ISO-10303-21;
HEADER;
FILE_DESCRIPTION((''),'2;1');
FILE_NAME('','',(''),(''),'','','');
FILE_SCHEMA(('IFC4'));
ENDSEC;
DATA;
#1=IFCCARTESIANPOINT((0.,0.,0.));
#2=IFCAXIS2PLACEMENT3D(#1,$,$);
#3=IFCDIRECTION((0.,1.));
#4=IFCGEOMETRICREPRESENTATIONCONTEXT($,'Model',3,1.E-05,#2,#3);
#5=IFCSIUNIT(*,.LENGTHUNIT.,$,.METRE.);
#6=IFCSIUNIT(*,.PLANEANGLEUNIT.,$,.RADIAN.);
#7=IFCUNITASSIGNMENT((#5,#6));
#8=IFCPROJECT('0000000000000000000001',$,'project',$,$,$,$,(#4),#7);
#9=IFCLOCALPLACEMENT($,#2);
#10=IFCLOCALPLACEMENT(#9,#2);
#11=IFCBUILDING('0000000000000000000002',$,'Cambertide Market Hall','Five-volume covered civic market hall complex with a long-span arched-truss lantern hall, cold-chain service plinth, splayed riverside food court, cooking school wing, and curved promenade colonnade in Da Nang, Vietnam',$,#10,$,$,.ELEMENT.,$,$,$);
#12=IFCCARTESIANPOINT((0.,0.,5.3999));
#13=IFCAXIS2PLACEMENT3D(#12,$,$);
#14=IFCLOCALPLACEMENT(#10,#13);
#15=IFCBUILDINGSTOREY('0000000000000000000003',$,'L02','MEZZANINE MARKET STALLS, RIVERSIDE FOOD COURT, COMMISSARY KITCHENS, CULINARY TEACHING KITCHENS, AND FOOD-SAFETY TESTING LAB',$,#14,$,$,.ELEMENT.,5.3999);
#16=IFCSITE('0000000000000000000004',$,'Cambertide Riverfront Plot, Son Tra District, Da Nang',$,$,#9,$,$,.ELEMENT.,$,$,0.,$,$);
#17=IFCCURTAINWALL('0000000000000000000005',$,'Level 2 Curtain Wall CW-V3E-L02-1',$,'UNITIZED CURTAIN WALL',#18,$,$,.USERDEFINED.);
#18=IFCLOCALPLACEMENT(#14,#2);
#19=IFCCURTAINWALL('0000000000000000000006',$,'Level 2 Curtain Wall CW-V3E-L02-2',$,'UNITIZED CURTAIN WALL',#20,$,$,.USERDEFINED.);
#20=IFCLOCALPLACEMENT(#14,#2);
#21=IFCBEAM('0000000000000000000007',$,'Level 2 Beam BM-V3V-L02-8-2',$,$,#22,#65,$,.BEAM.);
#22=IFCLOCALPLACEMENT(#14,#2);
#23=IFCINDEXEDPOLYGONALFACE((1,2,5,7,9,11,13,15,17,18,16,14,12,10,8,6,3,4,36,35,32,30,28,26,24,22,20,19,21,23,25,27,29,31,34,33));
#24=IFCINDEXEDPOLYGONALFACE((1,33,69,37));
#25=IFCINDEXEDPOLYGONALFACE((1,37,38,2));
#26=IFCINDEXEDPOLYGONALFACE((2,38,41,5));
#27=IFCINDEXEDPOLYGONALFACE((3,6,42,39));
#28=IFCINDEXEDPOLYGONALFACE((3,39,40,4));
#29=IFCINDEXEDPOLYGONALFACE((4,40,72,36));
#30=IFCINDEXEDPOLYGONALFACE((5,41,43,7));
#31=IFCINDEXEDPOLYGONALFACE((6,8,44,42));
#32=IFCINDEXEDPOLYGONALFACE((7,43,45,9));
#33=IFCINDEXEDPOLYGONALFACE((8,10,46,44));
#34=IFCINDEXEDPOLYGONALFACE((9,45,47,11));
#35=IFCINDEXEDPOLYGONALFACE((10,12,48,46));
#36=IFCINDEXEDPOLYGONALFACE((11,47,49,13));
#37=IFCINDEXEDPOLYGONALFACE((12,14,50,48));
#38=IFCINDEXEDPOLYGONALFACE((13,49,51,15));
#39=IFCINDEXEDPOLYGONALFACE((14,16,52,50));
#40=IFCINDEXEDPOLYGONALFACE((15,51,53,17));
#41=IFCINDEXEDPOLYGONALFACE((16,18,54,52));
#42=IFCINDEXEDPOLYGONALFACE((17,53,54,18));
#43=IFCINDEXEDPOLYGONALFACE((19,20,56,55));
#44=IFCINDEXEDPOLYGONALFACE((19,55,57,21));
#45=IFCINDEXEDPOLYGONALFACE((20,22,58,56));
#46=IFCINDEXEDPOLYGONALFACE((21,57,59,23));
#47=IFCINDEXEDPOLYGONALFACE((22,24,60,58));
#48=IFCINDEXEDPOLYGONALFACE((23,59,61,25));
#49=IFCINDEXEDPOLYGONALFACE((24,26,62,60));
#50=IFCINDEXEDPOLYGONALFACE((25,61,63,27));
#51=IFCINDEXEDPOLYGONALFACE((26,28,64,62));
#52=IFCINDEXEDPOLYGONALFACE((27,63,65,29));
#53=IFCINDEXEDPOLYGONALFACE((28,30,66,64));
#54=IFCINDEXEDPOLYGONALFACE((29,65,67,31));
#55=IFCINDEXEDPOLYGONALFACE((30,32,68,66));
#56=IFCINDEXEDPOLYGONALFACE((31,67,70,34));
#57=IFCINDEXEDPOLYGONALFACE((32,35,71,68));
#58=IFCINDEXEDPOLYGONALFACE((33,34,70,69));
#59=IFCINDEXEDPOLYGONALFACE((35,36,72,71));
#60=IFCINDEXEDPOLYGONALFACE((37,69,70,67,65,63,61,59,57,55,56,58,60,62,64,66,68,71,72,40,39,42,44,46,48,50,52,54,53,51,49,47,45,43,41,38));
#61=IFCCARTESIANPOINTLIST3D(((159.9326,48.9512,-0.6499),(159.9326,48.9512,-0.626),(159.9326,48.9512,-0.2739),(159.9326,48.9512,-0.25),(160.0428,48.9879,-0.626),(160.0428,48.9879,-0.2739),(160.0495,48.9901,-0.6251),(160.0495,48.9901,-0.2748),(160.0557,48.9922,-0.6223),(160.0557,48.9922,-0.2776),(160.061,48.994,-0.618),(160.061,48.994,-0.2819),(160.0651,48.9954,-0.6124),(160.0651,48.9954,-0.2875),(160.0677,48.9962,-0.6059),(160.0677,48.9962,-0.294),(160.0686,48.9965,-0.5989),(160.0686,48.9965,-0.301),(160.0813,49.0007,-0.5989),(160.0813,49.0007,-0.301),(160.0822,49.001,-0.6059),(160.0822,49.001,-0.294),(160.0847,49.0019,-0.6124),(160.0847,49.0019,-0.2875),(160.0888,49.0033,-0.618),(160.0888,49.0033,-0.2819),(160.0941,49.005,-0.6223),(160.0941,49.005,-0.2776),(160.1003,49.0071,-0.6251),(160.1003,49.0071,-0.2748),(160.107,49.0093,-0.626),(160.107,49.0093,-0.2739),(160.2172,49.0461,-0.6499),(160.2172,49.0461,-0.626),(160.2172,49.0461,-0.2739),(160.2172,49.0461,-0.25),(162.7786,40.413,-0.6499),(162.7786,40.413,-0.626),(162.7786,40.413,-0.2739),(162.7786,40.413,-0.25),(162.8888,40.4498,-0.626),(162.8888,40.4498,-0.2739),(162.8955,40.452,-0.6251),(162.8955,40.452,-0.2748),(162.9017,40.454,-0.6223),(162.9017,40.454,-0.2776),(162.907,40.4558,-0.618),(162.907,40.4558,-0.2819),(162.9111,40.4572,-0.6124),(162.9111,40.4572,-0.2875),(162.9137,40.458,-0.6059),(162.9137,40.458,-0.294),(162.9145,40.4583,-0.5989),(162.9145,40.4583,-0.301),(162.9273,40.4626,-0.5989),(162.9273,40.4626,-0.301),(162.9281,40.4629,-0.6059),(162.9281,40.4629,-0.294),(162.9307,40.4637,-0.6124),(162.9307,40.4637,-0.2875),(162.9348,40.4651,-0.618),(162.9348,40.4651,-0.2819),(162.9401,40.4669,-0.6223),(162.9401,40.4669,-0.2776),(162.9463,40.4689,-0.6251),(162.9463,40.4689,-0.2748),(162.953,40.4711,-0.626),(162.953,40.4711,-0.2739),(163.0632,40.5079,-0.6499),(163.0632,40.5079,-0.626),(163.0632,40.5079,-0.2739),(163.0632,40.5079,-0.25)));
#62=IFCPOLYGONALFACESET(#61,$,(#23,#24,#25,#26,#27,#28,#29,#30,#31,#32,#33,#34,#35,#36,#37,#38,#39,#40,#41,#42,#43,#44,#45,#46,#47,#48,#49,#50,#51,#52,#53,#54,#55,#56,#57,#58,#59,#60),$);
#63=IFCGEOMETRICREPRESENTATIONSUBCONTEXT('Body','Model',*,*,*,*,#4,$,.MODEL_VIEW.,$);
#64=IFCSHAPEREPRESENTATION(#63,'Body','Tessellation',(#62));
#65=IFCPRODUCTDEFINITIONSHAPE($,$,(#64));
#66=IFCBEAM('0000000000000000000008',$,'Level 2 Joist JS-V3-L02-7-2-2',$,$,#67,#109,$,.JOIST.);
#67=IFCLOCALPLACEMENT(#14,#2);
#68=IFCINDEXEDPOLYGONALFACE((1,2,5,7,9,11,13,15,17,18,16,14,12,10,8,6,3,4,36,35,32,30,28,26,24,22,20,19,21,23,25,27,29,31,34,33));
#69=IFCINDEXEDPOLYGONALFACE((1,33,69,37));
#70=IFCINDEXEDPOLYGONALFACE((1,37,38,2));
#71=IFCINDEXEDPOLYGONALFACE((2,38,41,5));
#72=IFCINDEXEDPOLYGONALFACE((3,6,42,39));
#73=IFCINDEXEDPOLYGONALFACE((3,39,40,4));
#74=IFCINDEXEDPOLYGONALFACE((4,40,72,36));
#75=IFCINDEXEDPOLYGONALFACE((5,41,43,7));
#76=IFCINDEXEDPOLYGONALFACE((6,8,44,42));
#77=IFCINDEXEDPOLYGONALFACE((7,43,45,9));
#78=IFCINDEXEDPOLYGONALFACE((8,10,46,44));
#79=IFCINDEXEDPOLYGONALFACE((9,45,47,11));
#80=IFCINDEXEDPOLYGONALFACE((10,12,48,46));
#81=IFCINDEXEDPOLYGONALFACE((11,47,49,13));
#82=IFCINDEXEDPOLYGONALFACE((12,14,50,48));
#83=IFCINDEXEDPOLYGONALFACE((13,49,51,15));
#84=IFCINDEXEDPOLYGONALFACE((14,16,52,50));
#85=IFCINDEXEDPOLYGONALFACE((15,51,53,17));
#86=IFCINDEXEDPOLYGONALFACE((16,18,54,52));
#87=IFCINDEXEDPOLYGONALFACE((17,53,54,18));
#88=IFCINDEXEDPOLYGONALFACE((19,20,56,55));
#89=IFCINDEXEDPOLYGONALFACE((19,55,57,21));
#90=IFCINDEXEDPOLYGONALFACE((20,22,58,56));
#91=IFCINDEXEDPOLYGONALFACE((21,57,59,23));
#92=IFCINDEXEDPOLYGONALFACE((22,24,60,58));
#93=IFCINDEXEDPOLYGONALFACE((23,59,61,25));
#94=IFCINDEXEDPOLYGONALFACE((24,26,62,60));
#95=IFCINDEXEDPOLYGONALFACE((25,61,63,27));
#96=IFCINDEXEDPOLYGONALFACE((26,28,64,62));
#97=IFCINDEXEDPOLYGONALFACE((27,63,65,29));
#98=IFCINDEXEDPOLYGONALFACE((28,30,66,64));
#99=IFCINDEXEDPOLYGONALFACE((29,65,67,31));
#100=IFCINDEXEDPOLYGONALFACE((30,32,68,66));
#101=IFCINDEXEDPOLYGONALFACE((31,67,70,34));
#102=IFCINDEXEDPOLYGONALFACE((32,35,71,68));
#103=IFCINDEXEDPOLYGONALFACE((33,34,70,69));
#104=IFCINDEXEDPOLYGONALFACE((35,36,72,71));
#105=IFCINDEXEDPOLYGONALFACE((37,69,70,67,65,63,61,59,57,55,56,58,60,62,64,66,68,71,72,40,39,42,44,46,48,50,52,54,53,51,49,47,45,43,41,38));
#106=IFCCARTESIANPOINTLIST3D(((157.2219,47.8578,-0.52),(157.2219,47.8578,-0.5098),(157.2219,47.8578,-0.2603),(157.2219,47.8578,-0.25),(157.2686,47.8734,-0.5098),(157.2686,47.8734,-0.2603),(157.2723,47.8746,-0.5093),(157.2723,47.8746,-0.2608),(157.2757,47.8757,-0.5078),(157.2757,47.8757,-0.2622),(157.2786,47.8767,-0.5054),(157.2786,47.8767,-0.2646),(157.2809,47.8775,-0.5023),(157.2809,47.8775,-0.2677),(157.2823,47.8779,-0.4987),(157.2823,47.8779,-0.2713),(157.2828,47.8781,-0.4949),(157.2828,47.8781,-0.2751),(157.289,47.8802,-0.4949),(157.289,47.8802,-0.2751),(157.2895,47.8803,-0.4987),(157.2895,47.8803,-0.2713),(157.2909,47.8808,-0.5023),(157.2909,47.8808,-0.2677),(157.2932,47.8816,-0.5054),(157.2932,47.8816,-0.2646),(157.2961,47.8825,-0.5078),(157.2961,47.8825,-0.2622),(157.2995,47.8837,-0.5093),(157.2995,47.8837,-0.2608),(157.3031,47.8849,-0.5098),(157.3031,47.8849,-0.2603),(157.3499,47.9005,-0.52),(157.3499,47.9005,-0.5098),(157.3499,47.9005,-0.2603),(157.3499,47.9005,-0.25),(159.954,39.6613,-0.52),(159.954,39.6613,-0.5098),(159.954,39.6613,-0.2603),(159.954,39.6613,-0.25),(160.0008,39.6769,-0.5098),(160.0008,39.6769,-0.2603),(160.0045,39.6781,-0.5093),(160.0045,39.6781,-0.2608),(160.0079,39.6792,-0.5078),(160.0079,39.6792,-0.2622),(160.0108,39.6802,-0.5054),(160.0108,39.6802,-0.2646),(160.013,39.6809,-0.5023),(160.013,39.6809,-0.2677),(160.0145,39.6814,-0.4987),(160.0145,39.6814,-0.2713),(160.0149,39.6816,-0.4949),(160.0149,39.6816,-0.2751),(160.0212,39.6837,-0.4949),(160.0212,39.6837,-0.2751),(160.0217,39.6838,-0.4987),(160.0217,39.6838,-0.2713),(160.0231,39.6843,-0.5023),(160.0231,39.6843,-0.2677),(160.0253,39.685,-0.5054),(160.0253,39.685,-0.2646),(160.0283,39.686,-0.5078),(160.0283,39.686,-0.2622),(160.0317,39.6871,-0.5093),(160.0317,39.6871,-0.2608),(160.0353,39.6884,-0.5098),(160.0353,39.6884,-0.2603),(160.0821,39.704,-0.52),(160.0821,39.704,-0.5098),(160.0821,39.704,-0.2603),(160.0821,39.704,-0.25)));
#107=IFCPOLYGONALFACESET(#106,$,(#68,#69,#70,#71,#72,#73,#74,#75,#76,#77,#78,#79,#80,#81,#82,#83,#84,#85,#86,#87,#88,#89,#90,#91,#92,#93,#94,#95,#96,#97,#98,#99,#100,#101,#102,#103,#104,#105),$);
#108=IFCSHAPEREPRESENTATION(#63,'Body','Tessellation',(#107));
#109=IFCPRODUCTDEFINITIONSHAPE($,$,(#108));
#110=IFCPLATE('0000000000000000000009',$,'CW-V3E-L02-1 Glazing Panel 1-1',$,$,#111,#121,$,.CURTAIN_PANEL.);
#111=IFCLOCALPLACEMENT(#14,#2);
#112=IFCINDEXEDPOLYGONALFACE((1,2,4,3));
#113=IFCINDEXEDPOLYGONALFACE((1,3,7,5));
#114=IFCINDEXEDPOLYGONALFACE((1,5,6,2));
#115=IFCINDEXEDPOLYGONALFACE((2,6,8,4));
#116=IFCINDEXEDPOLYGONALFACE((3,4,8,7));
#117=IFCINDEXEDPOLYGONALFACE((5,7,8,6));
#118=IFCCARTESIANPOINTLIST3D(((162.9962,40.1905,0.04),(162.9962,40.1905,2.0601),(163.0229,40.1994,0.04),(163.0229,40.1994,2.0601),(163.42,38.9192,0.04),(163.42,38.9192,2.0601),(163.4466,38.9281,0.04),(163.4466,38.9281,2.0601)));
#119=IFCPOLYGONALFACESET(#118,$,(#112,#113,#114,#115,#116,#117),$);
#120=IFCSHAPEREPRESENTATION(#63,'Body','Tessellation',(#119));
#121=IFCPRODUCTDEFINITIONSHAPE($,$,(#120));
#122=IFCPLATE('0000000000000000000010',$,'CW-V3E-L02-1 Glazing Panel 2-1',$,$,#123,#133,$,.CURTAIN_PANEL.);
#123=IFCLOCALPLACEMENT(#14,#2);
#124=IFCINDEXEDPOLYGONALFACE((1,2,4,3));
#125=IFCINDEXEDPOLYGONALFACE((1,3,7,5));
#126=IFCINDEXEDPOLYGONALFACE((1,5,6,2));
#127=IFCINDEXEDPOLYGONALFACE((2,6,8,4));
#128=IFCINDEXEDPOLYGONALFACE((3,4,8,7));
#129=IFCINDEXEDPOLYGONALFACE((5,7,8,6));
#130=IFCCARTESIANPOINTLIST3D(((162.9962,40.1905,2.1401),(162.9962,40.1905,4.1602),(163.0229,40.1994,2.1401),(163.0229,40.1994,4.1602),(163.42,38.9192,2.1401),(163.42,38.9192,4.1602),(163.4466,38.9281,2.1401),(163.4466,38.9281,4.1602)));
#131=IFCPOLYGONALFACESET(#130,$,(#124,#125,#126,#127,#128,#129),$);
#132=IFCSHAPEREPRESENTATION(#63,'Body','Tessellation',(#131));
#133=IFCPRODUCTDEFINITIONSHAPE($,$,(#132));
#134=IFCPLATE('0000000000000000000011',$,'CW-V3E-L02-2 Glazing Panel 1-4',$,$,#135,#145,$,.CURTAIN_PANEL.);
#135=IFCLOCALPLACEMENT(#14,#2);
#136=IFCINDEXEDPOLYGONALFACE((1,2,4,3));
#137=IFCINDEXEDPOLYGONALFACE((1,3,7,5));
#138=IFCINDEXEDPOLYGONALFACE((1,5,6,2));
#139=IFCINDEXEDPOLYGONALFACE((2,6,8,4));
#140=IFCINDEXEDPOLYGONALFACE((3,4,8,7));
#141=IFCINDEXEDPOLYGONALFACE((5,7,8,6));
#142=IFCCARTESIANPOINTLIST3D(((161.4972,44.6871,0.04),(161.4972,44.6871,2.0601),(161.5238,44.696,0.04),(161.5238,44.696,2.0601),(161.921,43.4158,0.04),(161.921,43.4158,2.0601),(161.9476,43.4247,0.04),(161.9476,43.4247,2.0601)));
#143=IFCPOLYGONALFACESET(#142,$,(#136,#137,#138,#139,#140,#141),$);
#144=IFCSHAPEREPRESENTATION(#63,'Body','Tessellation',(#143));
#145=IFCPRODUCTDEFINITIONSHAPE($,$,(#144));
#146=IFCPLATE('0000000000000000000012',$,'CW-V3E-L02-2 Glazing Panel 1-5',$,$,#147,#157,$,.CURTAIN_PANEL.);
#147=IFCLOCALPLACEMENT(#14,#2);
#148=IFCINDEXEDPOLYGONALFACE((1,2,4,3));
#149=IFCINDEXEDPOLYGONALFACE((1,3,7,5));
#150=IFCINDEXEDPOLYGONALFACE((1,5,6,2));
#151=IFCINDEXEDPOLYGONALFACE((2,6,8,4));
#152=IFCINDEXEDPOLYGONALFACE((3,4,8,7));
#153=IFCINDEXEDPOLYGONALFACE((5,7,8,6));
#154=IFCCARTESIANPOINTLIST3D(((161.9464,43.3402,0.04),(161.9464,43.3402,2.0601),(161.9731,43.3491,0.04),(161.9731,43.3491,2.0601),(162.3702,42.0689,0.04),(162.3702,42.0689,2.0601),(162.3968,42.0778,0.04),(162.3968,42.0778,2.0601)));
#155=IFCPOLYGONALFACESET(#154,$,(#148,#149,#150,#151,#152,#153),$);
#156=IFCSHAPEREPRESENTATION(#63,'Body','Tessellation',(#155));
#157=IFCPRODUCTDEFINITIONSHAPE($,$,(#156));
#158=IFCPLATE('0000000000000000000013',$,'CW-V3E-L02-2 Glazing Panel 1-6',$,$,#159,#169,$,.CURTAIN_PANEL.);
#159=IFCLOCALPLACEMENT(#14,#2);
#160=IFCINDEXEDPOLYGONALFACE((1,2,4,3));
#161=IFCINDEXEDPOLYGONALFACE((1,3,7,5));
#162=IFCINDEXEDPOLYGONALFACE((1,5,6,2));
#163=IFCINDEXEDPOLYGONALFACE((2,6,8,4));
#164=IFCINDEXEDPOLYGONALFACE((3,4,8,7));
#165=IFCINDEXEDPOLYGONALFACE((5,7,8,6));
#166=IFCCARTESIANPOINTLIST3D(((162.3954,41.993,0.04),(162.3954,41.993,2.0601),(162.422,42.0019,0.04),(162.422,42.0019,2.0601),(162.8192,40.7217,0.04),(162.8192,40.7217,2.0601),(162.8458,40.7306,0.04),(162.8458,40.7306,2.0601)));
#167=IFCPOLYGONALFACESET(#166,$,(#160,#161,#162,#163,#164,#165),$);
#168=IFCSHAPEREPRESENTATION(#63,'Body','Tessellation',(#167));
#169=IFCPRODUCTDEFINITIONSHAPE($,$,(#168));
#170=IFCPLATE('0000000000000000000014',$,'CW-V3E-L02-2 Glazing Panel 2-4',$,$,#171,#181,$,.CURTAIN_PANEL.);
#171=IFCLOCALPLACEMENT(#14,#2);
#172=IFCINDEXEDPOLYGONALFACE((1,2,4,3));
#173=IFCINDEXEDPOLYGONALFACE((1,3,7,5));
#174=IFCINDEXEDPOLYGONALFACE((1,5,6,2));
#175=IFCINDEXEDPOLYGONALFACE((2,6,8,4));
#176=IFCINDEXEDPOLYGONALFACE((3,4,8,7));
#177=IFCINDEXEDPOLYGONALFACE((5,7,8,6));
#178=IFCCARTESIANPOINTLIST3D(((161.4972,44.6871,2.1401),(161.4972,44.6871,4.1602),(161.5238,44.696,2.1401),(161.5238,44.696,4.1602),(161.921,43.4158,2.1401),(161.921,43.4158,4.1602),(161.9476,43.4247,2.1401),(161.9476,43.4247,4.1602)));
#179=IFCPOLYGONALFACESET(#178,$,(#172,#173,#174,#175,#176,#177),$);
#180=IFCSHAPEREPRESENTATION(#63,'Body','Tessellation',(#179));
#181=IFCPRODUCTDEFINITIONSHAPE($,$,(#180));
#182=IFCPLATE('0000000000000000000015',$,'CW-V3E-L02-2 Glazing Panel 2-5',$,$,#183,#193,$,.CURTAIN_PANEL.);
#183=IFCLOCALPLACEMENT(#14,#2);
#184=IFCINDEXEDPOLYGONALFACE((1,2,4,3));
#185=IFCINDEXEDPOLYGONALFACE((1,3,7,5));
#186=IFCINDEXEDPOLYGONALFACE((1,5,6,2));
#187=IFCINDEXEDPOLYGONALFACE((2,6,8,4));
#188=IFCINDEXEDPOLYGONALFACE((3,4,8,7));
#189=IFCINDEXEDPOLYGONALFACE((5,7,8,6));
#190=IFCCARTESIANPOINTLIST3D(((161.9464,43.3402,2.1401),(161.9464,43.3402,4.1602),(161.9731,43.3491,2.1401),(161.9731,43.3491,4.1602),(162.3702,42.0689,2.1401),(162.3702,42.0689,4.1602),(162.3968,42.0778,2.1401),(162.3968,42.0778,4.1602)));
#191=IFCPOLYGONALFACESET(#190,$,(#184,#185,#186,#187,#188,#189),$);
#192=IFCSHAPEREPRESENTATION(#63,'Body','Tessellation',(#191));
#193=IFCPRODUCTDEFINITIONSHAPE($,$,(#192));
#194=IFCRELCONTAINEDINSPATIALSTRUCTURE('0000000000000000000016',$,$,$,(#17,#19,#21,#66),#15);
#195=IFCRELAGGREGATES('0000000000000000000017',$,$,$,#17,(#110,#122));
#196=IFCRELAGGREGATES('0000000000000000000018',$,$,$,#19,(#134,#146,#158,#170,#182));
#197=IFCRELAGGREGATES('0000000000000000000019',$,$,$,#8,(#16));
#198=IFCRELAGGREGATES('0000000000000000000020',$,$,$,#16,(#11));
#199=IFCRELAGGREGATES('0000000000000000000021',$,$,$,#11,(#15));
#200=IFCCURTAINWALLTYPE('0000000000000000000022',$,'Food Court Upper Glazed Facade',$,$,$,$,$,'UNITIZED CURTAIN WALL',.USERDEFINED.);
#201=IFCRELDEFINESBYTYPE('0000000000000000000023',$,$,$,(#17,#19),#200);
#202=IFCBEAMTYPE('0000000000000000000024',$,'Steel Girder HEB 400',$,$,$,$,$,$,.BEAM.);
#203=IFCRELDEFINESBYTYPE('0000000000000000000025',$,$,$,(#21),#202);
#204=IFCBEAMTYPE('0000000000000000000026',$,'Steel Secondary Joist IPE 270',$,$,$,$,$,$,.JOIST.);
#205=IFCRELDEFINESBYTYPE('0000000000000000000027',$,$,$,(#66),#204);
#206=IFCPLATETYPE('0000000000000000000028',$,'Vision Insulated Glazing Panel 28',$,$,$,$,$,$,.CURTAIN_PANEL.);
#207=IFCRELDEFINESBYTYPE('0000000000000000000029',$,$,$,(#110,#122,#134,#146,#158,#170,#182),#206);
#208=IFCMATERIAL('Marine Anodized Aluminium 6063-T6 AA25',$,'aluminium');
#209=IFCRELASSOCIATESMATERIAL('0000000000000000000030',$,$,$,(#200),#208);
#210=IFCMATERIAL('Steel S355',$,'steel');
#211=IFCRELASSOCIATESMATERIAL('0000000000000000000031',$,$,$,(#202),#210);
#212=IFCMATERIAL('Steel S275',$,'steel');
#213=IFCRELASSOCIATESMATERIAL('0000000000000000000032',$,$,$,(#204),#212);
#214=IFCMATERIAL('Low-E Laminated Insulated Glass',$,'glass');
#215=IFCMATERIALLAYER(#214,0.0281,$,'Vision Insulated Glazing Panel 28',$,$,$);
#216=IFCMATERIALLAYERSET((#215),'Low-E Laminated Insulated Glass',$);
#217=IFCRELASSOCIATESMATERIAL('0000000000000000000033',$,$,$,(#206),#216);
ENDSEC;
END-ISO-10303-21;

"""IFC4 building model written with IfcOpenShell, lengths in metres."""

from ifc_helpers import new_model, si_unit, direction, frame, origin, origin_2d, place, context, subcontext, project, spatial, rectangle, i_section, extrude, material, layer, layer_set, material_profile, profile_set, type_object, element, aggregate, save


model = new_model("IFC4")

# Units and contexts
model_context = context("Model", 3, precision=1e-05, world=origin(), true_north=direction((0.0, 1.0)))
body_context = subcontext(model_context, "Body", "Model", "MODEL_VIEW")
ifc_project = project(units=[si_unit("LENGTHUNIT", "METRE"), si_unit("PLANEANGLEUNIT", "RADIAN")], contexts=[model_context])

# Site, building, storey
site_placement = place(None, origin())
site = spatial("IfcSite", under=ifc_project, at=site_placement, Name="Cambertide Riverfront Plot, Son Tra District, Da Nang", CompositionType="ELEMENT", RefElevation=0.0)
building_placement = place(site_placement, origin())
building = spatial("IfcBuilding", under=site, at=building_placement, Name="Cambertide Market Hall", Description="Five-volume covered civic market hall complex with a long-span arched-truss lantern hall, cold-chain service plinth, splayed riverside food court, cooking school wing, and curved promenade colonnade in Da Nang, Vietnam", CompositionType="ELEMENT")
storey_placement = place(building_placement, frame((0.0, 0.0, 5.3999)))
storey = spatial("IfcBuildingStorey", under=building, at=storey_placement, Name="L02", Description="MEZZANINE MARKET STALLS, RIVERSIDE FOOD COURT, COMMISSARY KITCHENS, CULINARY TEACHING KITCHENS, AND FOOD-SAFETY TESTING LAB", CompositionType="ELEMENT", Elevation=5.3999)

# Curtain walls
ifc_material_1 = material(Name="Marine Anodized Aluminium 6063-T6 AA25", Category="aluminium")
curtain_wall_type = type_object("IfcCurtainWallType", Name="Food Court Upper Glazed Facade", ElementType="UNITIZED CURTAIN WALL", PredefinedType="USERDEFINED", material=ifc_material_1)
curtain_wall_1_placement = place(storey_placement, origin())
curtain_wall_1 = element("IfcCurtainWall", 1, at=curtain_wall_1_placement, inside=storey, type_object=curtain_wall_type, Name="Level 2 Curtain Wall CW-V3E-L02-1", ObjectType="UNITIZED CURTAIN WALL", PredefinedType="USERDEFINED")
curtain_wall_2_placement = place(storey_placement, origin())
curtain_wall_2 = element("IfcCurtainWall", 2, at=curtain_wall_2_placement, inside=storey, type_object=curtain_wall_type, Name="Level 2 Curtain Wall CW-V3E-L02-2", ObjectType="UNITIZED CURTAIN WALL", PredefinedType="USERDEFINED")

# Beams
ifc_material_2 = material(Name="Steel S355", Category="steel")
ifc_material_profile_1 = material_profile(ifc_material_2, i_section(OverallWidth=0.3, OverallDepth=0.3999, WebThickness=0.0134, FlangeThickness=0.0239, FilletRadius=0.0271, at=origin_2d()), Name="HEB 400")
ifc_profile_set_1 = profile_set([ifc_material_profile_1], Name="Steel S355")
beam_type_1 = type_object("IfcBeamType", Name="Steel Girder HEB 400", PredefinedType="BEAM", material=ifc_profile_set_1)
beam_1_placement = place(storey_placement, frame((162.9209, 40.4604, -0.45), z_axis=(-0.31622, 0.948686, 0.0), x_axis=(-0.948686, -0.31622, 0.0)))
element("IfcBeam", 3, at=beam_1_placement, inside=storey, type_object=beam_type_1, Name="Level 2 Beam BM-V3V-L02-8-2", PredefinedType="BEAM", context=body_context, shape_type="SweptSolid", body=[
    extrude(i_section(OverallWidth=0.3, OverallDepth=0.3999, WebThickness=0.0134, FlangeThickness=0.0239, FilletRadius=0.0271, at=origin_2d()), origin(), (0.0, 0.0, 1.0), 9.0),
])
ifc_material_3 = material(Name="Steel S275", Category="steel")
ifc_material_profile_2 = material_profile(ifc_material_3, i_section(OverallWidth=0.135, OverallDepth=0.27, WebThickness=0.0066, FlangeThickness=0.0103, FilletRadius=0.0149, at=origin_2d()), Name="IPE 270")
ifc_profile_set_2 = profile_set([ifc_material_profile_2], Name="Steel S275")
beam_type_2 = type_object("IfcBeamType", Name="Steel Secondary Joist IPE 270", PredefinedType="JOIST", material=ifc_profile_set_2)
beam_2_placement = place(storey_placement, frame((160.0181, 39.6826, -0.385), z_axis=(-0.316228, 0.948683, 0.0), x_axis=(-0.948683, -0.316228, 0.0)))
element("IfcBeam", 4, at=beam_2_placement, inside=storey, type_object=beam_type_2, Name="Level 2 Joist JS-V3-L02-7-2-2", PredefinedType="JOIST", context=body_context, shape_type="SweptSolid", body=[
    extrude(i_section(OverallWidth=0.135, OverallDepth=0.27, WebThickness=0.0066, FlangeThickness=0.0103, FilletRadius=0.0149, at=origin_2d()), origin(), (0.0, 0.0, 1.0), 8.6399),
])

# Plates
ifc_material_4 = material(Name="Low-E Laminated Insulated Glass", Category="glass")
ifc_layer = layer(ifc_material_4, 0.0281, Name="Vision Insulated Glazing Panel 28")
ifc_layer_set = layer_set([ifc_layer], Name="Low-E Laminated Insulated Glass")
plate_type = type_object("IfcPlateType", Name="Vision Insulated Glazing Panel 28", PredefinedType="CURTAIN_PANEL", material=ifc_layer_set)
plate_1_placement = place(storey_placement, frame((163.2214, 39.5593, 0.04), z_axis=(0.0, 0.0, 1.0), x_axis=(0.316228, -0.948683, 0.0)))
plate_1 = element("IfcPlate", 5, at=plate_1_placement, type_object=plate_type, Name="CW-V3E-L02-1 Glazing Panel 1-1", PredefinedType="CURTAIN_PANEL", context=body_context, shape_type="SweptSolid", body=[
    extrude(rectangle(XDim=1.3401, YDim=0.0281, at=origin_2d()), origin(), (0.0, 0.0, 1.0), 2.02),
])
plate_2_placement = place(storey_placement, frame((163.2214, 39.5593, 2.1401), z_axis=(0.0, 0.0, 1.0), x_axis=(0.316228, -0.948683, 0.0)))
plate_2 = element("IfcPlate", 6, at=plate_2_placement, type_object=plate_type, Name="CW-V3E-L02-1 Glazing Panel 2-1", PredefinedType="CURTAIN_PANEL", context=body_context, shape_type="SweptSolid", body=[
    extrude(rectangle(XDim=1.3401, YDim=0.0281, at=origin_2d()), origin(), (0.0, 0.0, 1.0), 2.02),
])
aggregate(curtain_wall_1, [plate_1, plate_2])
plate_3_placement = place(storey_placement, frame((161.7224, 44.0559, 0.04), z_axis=(0.0, 0.0, 1.0), x_axis=(0.316228, -0.948683, 0.0)))
plate_3 = element("IfcPlate", 7, at=plate_3_placement, type_object=plate_type, Name="CW-V3E-L02-2 Glazing Panel 1-4", PredefinedType="CURTAIN_PANEL", context=body_context, shape_type="SweptSolid", body=[
    extrude(rectangle(XDim=1.3401, YDim=0.0281, at=origin_2d()), origin(), (0.0, 0.0, 1.0), 2.02),
])
plate_4_placement = place(storey_placement, frame((162.1716, 42.709, 0.04), z_axis=(0.0, 0.0, 1.0), x_axis=(0.316228, -0.948683, 0.0)))
plate_4 = element("IfcPlate", 8, at=plate_4_placement, type_object=plate_type, Name="CW-V3E-L02-2 Glazing Panel 1-5", PredefinedType="CURTAIN_PANEL", context=body_context, shape_type="SweptSolid", body=[
    extrude(rectangle(XDim=1.3401, YDim=0.0281, at=origin_2d()), origin(), (0.0, 0.0, 1.0), 2.02),
])
plate_5_placement = place(storey_placement, frame((162.6206, 41.3618, 0.04), z_axis=(0.0, 0.0, 1.0), x_axis=(0.316228, -0.948683, 0.0)))
plate_5 = element("IfcPlate", 9, at=plate_5_placement, type_object=plate_type, Name="CW-V3E-L02-2 Glazing Panel 1-6", PredefinedType="CURTAIN_PANEL", context=body_context, shape_type="SweptSolid", body=[
    extrude(rectangle(XDim=1.3401, YDim=0.0281, at=origin_2d()), origin(), (0.0, 0.0, 1.0), 2.02),
])
plate_6_placement = place(storey_placement, frame((161.7224, 44.0559, 2.1401), z_axis=(0.0, 0.0, 1.0), x_axis=(0.316228, -0.948683, 0.0)))
plate_6 = element("IfcPlate", 10, at=plate_6_placement, type_object=plate_type, Name="CW-V3E-L02-2 Glazing Panel 2-4", PredefinedType="CURTAIN_PANEL", context=body_context, shape_type="SweptSolid", body=[
    extrude(rectangle(XDim=1.3401, YDim=0.0281, at=origin_2d()), origin(), (0.0, 0.0, 1.0), 2.02),
])
plate_7_placement = place(storey_placement, frame((162.1716, 42.709, 2.1401), z_axis=(0.0, 0.0, 1.0), x_axis=(0.316228, -0.948683, 0.0)))
plate_7 = element("IfcPlate", 11, at=plate_7_placement, type_object=plate_type, Name="CW-V3E-L02-2 Glazing Panel 2-5", PredefinedType="CURTAIN_PANEL", context=body_context, shape_type="SweptSolid", body=[
    extrude(rectangle(XDim=1.3401, YDim=0.0281, at=origin_2d()), origin(), (0.0, 0.0, 1.0), 2.02),
])
aggregate(curtain_wall_2, [plate_3, plate_4, plate_5, plate_6, plate_7])

save(model, "model.ifc")
